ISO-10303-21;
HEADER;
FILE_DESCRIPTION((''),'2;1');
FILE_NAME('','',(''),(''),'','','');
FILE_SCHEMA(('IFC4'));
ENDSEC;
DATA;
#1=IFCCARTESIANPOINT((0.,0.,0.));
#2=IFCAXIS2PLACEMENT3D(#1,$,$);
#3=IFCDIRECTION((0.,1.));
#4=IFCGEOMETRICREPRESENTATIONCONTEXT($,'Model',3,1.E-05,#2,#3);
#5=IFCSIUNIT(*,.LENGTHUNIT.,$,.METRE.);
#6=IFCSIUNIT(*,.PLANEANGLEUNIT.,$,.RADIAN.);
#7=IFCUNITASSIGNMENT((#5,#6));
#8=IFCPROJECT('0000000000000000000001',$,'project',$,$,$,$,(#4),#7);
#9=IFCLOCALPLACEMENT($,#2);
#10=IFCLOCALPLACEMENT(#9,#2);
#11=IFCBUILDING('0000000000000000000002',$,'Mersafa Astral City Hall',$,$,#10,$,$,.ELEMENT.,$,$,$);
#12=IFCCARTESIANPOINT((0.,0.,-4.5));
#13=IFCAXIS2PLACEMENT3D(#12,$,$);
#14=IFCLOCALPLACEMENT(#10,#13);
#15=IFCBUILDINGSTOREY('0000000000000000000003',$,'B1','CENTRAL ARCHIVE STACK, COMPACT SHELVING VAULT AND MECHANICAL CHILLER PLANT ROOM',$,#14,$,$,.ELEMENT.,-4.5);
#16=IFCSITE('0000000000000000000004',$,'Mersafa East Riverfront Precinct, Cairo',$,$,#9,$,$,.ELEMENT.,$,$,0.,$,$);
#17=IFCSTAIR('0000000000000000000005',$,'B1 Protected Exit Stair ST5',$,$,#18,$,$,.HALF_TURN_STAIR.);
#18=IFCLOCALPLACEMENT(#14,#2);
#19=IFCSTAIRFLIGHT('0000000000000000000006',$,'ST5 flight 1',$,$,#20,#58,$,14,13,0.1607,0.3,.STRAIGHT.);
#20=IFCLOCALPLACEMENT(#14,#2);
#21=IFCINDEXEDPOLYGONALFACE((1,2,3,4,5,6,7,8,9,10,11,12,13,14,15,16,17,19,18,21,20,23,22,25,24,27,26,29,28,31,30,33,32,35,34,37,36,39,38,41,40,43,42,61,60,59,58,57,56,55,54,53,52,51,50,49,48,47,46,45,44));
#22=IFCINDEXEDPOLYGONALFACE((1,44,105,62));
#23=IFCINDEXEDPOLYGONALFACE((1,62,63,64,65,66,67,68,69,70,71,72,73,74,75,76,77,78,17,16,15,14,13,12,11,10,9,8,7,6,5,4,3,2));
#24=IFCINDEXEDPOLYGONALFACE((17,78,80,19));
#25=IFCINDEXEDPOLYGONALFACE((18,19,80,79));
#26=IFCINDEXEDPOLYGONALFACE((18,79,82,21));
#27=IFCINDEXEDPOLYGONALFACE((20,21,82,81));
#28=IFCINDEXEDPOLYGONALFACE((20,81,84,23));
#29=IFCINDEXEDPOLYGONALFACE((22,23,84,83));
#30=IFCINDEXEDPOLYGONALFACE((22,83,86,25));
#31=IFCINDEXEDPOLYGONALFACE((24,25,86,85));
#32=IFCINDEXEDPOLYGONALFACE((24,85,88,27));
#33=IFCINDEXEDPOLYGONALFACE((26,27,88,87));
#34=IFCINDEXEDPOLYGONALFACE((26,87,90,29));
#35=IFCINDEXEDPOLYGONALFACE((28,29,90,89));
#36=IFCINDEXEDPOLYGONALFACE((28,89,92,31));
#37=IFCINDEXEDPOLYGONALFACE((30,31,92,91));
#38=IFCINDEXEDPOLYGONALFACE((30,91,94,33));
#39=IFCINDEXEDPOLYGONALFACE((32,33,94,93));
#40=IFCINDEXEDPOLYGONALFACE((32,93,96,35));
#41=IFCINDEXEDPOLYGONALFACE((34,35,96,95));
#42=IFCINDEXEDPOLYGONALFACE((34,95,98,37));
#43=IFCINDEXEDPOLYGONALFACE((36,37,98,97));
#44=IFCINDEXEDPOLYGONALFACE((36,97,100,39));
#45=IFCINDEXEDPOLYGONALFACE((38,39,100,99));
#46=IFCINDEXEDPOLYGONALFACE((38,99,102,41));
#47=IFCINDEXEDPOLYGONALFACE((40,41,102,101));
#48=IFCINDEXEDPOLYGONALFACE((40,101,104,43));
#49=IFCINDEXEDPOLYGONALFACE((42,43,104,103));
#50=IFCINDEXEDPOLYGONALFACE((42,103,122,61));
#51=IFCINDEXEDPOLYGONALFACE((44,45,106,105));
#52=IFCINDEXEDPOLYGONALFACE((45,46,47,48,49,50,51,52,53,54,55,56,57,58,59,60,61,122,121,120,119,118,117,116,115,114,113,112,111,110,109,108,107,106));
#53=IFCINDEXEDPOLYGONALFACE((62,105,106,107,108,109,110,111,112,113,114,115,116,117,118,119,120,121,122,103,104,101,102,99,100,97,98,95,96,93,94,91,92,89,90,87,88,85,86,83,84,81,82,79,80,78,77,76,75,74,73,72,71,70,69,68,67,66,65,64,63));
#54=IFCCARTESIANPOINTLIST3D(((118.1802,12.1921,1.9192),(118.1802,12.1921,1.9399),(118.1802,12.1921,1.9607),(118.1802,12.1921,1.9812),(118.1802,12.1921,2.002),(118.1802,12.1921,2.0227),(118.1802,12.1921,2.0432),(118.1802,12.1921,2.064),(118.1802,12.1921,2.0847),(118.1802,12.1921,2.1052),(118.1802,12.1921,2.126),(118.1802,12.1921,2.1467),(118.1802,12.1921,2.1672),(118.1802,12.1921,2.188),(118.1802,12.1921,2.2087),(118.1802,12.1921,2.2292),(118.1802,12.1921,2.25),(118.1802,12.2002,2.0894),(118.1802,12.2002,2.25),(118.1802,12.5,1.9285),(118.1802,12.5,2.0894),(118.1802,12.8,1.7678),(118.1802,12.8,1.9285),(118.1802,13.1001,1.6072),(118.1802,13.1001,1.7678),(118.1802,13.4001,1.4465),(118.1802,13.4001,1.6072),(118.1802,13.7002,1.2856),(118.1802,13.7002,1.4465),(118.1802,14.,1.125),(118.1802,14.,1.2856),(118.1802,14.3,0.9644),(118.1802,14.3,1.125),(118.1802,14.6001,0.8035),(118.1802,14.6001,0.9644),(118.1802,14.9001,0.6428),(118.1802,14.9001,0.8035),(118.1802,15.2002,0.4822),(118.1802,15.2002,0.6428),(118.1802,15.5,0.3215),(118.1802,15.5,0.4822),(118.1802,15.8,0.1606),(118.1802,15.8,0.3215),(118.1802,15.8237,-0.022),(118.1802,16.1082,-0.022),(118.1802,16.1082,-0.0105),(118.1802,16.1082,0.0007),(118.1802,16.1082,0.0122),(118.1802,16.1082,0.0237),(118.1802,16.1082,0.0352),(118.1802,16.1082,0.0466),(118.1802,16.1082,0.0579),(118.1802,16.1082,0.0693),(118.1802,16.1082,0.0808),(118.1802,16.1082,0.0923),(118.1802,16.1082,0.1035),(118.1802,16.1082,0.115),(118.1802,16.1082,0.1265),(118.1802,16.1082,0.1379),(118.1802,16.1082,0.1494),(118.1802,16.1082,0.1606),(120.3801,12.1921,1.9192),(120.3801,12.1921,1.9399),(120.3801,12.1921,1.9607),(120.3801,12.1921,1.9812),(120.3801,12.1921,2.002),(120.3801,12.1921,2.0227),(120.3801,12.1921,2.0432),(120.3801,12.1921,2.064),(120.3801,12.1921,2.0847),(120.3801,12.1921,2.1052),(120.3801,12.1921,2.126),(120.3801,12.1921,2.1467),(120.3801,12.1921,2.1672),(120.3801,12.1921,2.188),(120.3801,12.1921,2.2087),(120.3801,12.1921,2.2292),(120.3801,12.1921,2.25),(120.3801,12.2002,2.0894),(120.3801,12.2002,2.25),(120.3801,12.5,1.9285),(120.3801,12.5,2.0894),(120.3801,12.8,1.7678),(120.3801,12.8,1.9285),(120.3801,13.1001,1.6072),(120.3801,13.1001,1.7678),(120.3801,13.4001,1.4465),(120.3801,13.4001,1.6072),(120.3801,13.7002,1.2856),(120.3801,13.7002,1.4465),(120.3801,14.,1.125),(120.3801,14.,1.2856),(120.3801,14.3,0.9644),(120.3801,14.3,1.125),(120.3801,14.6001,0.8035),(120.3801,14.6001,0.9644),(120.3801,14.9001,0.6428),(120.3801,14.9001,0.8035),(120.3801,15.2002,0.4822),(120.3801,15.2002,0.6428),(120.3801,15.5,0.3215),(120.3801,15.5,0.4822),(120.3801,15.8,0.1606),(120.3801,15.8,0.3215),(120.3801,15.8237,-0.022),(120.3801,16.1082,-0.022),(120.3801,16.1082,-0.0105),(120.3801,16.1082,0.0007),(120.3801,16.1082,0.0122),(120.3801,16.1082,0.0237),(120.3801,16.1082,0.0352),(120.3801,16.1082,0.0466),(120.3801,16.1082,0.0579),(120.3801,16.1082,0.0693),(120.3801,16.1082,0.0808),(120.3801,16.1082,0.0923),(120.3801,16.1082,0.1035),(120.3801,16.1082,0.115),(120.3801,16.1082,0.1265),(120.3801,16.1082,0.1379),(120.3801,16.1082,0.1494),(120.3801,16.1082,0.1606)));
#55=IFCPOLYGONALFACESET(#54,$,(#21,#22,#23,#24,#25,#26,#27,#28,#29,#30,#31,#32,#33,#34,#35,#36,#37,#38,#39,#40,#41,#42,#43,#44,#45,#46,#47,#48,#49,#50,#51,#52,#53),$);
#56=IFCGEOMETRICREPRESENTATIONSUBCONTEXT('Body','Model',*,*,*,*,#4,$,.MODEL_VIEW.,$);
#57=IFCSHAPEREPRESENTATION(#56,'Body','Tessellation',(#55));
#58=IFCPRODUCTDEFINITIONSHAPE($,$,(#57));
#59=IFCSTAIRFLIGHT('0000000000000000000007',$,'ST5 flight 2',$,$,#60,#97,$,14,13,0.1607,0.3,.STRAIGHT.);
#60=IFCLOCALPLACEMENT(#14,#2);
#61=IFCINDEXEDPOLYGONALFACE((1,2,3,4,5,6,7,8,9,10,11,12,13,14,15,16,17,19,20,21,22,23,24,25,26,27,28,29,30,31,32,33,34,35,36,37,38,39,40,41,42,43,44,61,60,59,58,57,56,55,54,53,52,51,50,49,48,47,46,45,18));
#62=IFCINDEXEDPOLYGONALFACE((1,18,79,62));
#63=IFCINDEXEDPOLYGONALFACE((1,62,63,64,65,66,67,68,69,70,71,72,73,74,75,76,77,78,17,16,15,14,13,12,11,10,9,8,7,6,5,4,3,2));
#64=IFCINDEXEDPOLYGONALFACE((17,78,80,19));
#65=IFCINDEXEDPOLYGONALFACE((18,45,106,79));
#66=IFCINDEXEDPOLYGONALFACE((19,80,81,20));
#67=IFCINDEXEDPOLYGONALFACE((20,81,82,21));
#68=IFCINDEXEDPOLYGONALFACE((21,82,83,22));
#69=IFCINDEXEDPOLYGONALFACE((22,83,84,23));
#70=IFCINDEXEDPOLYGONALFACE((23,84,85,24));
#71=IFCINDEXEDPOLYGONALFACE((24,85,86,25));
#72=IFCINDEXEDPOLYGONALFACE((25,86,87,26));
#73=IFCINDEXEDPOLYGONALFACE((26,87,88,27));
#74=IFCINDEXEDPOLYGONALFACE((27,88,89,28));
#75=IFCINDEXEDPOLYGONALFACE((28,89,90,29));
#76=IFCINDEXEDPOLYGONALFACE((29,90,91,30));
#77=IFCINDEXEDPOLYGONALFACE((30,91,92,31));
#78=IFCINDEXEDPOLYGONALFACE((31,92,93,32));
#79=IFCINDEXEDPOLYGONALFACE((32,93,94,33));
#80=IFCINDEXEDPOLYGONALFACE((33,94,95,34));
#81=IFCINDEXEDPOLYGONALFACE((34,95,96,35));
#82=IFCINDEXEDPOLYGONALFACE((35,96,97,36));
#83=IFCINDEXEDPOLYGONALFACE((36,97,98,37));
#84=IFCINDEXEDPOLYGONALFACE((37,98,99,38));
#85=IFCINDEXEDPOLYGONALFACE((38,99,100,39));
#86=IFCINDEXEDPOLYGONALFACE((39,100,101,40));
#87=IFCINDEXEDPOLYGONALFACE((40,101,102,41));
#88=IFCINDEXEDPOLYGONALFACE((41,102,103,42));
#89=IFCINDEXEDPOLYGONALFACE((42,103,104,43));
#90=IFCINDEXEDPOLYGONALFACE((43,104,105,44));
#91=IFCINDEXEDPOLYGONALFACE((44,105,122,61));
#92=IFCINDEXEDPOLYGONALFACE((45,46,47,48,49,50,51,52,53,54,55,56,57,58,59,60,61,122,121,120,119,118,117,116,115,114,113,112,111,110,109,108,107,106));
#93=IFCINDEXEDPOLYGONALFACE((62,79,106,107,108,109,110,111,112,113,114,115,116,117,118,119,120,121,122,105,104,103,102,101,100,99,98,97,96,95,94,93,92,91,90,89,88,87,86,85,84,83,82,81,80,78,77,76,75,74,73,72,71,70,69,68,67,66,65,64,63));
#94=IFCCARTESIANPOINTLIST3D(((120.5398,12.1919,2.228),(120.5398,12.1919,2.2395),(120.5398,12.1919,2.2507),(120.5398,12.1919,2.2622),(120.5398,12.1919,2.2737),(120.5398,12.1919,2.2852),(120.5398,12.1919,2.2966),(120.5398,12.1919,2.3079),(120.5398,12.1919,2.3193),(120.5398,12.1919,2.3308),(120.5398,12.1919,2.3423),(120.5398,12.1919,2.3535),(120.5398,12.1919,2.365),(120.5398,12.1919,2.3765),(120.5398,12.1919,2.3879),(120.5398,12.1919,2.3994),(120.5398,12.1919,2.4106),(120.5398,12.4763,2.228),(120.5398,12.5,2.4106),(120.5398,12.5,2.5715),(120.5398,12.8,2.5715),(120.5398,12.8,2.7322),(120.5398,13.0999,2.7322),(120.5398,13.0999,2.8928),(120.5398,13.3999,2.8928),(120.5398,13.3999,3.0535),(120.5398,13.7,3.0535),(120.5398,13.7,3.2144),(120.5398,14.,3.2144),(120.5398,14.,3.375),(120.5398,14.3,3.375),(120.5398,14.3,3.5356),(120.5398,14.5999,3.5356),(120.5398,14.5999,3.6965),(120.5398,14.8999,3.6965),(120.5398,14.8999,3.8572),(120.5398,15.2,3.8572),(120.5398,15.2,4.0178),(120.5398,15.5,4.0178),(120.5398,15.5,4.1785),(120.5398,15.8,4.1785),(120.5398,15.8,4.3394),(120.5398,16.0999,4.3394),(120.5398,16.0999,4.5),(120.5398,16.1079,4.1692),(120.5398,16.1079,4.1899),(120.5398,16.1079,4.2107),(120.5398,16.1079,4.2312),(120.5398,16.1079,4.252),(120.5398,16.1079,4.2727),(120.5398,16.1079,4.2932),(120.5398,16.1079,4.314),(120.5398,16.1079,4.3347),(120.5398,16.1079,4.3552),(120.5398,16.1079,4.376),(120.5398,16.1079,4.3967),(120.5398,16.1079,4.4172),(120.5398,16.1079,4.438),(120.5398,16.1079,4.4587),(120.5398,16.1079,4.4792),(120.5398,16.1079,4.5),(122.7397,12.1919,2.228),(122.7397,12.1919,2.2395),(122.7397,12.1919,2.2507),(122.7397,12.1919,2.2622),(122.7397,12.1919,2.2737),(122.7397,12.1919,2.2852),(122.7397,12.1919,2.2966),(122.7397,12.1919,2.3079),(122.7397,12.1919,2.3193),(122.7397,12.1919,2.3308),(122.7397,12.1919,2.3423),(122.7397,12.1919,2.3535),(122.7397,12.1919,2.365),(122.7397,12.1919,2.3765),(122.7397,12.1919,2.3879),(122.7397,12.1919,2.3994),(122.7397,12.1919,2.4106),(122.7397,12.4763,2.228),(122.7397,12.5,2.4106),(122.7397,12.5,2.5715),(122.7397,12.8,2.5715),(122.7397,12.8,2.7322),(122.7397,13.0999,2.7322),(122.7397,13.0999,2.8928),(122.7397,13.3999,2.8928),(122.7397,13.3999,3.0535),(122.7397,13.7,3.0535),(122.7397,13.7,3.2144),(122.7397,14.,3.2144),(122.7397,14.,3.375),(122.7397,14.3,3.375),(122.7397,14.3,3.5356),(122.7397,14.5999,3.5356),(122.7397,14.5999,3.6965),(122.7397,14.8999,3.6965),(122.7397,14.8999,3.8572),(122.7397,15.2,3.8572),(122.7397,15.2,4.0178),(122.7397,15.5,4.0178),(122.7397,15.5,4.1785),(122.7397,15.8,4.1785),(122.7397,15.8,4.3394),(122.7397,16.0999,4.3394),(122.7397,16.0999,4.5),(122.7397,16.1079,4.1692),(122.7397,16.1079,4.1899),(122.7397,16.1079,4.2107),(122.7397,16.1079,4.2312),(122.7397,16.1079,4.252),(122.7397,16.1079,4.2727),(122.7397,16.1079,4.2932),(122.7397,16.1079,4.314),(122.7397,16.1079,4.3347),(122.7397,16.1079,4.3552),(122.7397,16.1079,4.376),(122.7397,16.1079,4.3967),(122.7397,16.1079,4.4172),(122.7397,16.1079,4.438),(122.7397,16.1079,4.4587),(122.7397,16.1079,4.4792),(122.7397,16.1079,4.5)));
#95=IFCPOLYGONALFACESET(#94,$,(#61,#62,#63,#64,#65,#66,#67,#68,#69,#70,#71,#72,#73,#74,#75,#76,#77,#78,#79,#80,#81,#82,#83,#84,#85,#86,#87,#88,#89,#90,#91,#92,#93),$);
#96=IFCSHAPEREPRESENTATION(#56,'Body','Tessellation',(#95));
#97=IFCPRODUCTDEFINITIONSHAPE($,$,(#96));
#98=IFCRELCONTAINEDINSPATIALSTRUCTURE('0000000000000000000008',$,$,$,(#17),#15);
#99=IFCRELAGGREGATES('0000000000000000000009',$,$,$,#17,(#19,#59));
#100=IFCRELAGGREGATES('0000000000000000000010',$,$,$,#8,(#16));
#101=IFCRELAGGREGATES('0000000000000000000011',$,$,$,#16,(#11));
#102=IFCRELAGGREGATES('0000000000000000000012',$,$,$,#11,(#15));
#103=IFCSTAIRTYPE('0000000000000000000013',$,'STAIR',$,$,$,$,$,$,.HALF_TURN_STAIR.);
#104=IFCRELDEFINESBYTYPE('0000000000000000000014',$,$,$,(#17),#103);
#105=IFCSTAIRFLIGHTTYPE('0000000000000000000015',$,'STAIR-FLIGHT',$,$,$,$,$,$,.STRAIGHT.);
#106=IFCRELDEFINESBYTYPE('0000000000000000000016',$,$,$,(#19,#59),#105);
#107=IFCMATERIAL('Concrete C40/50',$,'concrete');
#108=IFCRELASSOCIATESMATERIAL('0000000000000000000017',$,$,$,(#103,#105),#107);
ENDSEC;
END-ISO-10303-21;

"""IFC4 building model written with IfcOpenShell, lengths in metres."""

from ifc_helpers import new_model, si_unit, direction, frame, origin, place, context, subcontext, project, spatial, polyline, outline, extrude, material, type_object, element, aggregate, save


model = new_model("IFC4")

# Units and contexts
model_context = context("Model", 3, precision=1e-05, world=origin(), true_north=direction((0.0, 1.0)))
body_context = subcontext(model_context, "Body", "Model", "MODEL_VIEW")
ifc_project = project(units=[si_unit("LENGTHUNIT", "METRE"), si_unit("PLANEANGLEUNIT", "RADIAN")], contexts=[model_context])

# Site, building, storey
site_placement = place(None, origin())
site = spatial("IfcSite", under=ifc_project, at=site_placement, Name="Mersafa East Riverfront Precinct, Cairo", CompositionType="ELEMENT", RefElevation=0.0)
building_placement = place(site_placement, origin())
building = spatial("IfcBuilding", under=site, at=building_placement, Name="Mersafa Astral City Hall", CompositionType="ELEMENT")
storey_placement = place(building_placement, frame((0.0, 0.0, -4.5)))
storey = spatial("IfcBuildingStorey", under=building, at=storey_placement, Name="B1", Description="CENTRAL ARCHIVE STACK, COMPACT SHELVING VAULT AND MECHANICAL CHILLER PLANT ROOM", CompositionType="ELEMENT", Elevation=-4.5)

# Shared definitions
ifc_material_1 = material(Name="Concrete C40/50", Category="concrete")

# Stair, stair flights
stair_type = type_object("IfcStairType", Name="STAIR", PredefinedType="HALF_TURN_STAIR", material=ifc_material_1)
stair_placement = place(storey_placement, origin())
stair = element("IfcStair", 1, at=stair_placement, inside=storey, type_object=stair_type, Name="B1 Protected Exit Stair ST5", PredefinedType="HALF_TURN_STAIR")
stair_flight_type = type_object("IfcStairFlightType", Name="STAIR-FLIGHT", PredefinedType="STRAIGHT", material=ifc_material_1)
stair_flight_1_placement = place(storey_placement, frame((119.28, 16.1001, 0.0), z_axis=(0.0, 0.0, 1.0), x_axis=(0.0, -1.0, 0.0)))
stair_flight_1 = element("IfcStairFlight", 2, at=stair_flight_1_placement, type_object=stair_flight_type, Name="ST5 flight 1", NumberOfRisers=14, NumberOfTreads=13, PredefinedType="STRAIGHT", RiserHeight=0.1607, TreadLength=0.3, context=body_context, shape_type="SweptSolid", body=[
    extrude(outline(polyline([(-0.0081, -0.022), (-0.0081, -0.0105), (-0.0081, 0.0007), (-0.0081, 0.0122), (-0.0081, 0.0237), (-0.0081, 0.0352), (-0.0081, 0.0466), (-0.0081, 0.0579), (-0.0081, 0.0693), (-0.0081, 0.0808), (-0.0081, 0.0923), (-0.0081, 0.1035), (-0.0081, 0.115), (-0.0081, 0.1265), (-0.0081, 0.1379), (-0.0081, 0.1494), (-0.0081, 0.1606), (0.3, 0.1606), (0.3, 0.3215), (0.6001, 0.3215), (0.6001, 0.4822), (0.8999, 0.4822), (0.8999, 0.6428), (1.2, 0.6428), (1.2, 0.8035), (1.5, 0.8035), (1.5, 0.9644), (1.8, 0.9644), (1.8, 1.125), (2.1001, 1.125), (2.1001, 1.2856), (2.3999, 1.2856), (2.3999, 1.4465), (2.7, 1.4465), (2.7, 1.6072), (3.0, 1.6072), (3.0, 1.7678), (3.3, 1.7678), (3.3, 1.9285), (3.6001, 1.9285), (3.6001, 2.0894), (3.8999, 2.0894), (3.8999, 2.25), (3.908, 2.25), (3.908, 2.2292), (3.908, 2.2087), (3.908, 2.188), (3.908, 2.1672), (3.908, 2.1467), (3.908, 2.126), (3.908, 2.1052), (3.908, 2.0847), (3.908, 2.064), (3.908, 2.0432), (3.908, 2.0227), (3.908, 2.002), (3.908, 1.9812), (3.908, 1.9607), (3.908, 1.9399), (3.908, 1.9192), (0.2764, -0.022), (-0.0081, -0.022)])), frame((0.0, 1.1001, 0.0), z_axis=(0.0, -1.0, 0.0), x_axis=(1.0, 0.0, 0.0)), (0.0, 0.0, 1.0), 2.2),
])
stair_flight_2_placement = place(storey_placement, frame((121.6399, 12.2, 2.25), z_axis=(0.0, 0.0, 1.0), x_axis=(0.0, 1.0, 0.0)))
stair_flight_2 = element("IfcStairFlight", 3, at=stair_flight_2_placement, type_object=stair_flight_type, Name="ST5 flight 2", NumberOfRisers=14, NumberOfTreads=13, PredefinedType="STRAIGHT", RiserHeight=0.1607, TreadLength=0.3, context=body_context, shape_type="SweptSolid", body=[
    extrude(outline(polyline([(-0.0081, -0.022), (-0.0081, -0.0105), (-0.0081, 0.0007), (-0.0081, 0.0122), (-0.0081, 0.0237), (-0.0081, 0.0352), (-0.0081, 0.0466), (-0.0081, 0.0579), (-0.0081, 0.0693), (-0.0081, 0.0808), (-0.0081, 0.0923), (-0.0081, 0.1035), (-0.0081, 0.115), (-0.0081, 0.1265), (-0.0081, 0.1379), (-0.0081, 0.1494), (-0.0081, 0.1606), (0.3, 0.1606), (0.3, 0.3215), (0.6001, 0.3215), (0.6001, 0.4822), (0.8999, 0.4822), (0.8999, 0.6428), (1.2, 0.6428), (1.2, 0.8035), (1.5, 0.8035), (1.5, 0.9644), (1.8, 0.9644), (1.8, 1.125), (2.1001, 1.125), (2.1001, 1.2856), (2.3999, 1.2856), (2.3999, 1.4465), (2.7, 1.4465), (2.7, 1.6072), (3.0, 1.6072), (3.0, 1.7678), (3.3, 1.7678), (3.3, 1.9285), (3.6001, 1.9285), (3.6001, 2.0894), (3.8999, 2.0894), (3.8999, 2.25), (3.908, 2.25), (3.908, 2.2292), (3.908, 2.2087), (3.908, 2.188), (3.908, 2.1672), (3.908, 2.1467), (3.908, 2.126), (3.908, 2.1052), (3.908, 2.0847), (3.908, 2.064), (3.908, 2.0432), (3.908, 2.0227), (3.908, 2.002), (3.908, 1.9812), (3.908, 1.9607), (3.908, 1.9399), (3.908, 1.9192), (0.2764, -0.022), (-0.0081, -0.022)])), frame((0.0, 1.1001, 0.0), z_axis=(0.0, -1.0, 0.0), x_axis=(1.0, 0.0, 0.0)), (0.0, 0.0, 1.0), 2.2),
])
aggregate(stair, [stair_flight_1, stair_flight_2])

save(model, "model.ifc")
